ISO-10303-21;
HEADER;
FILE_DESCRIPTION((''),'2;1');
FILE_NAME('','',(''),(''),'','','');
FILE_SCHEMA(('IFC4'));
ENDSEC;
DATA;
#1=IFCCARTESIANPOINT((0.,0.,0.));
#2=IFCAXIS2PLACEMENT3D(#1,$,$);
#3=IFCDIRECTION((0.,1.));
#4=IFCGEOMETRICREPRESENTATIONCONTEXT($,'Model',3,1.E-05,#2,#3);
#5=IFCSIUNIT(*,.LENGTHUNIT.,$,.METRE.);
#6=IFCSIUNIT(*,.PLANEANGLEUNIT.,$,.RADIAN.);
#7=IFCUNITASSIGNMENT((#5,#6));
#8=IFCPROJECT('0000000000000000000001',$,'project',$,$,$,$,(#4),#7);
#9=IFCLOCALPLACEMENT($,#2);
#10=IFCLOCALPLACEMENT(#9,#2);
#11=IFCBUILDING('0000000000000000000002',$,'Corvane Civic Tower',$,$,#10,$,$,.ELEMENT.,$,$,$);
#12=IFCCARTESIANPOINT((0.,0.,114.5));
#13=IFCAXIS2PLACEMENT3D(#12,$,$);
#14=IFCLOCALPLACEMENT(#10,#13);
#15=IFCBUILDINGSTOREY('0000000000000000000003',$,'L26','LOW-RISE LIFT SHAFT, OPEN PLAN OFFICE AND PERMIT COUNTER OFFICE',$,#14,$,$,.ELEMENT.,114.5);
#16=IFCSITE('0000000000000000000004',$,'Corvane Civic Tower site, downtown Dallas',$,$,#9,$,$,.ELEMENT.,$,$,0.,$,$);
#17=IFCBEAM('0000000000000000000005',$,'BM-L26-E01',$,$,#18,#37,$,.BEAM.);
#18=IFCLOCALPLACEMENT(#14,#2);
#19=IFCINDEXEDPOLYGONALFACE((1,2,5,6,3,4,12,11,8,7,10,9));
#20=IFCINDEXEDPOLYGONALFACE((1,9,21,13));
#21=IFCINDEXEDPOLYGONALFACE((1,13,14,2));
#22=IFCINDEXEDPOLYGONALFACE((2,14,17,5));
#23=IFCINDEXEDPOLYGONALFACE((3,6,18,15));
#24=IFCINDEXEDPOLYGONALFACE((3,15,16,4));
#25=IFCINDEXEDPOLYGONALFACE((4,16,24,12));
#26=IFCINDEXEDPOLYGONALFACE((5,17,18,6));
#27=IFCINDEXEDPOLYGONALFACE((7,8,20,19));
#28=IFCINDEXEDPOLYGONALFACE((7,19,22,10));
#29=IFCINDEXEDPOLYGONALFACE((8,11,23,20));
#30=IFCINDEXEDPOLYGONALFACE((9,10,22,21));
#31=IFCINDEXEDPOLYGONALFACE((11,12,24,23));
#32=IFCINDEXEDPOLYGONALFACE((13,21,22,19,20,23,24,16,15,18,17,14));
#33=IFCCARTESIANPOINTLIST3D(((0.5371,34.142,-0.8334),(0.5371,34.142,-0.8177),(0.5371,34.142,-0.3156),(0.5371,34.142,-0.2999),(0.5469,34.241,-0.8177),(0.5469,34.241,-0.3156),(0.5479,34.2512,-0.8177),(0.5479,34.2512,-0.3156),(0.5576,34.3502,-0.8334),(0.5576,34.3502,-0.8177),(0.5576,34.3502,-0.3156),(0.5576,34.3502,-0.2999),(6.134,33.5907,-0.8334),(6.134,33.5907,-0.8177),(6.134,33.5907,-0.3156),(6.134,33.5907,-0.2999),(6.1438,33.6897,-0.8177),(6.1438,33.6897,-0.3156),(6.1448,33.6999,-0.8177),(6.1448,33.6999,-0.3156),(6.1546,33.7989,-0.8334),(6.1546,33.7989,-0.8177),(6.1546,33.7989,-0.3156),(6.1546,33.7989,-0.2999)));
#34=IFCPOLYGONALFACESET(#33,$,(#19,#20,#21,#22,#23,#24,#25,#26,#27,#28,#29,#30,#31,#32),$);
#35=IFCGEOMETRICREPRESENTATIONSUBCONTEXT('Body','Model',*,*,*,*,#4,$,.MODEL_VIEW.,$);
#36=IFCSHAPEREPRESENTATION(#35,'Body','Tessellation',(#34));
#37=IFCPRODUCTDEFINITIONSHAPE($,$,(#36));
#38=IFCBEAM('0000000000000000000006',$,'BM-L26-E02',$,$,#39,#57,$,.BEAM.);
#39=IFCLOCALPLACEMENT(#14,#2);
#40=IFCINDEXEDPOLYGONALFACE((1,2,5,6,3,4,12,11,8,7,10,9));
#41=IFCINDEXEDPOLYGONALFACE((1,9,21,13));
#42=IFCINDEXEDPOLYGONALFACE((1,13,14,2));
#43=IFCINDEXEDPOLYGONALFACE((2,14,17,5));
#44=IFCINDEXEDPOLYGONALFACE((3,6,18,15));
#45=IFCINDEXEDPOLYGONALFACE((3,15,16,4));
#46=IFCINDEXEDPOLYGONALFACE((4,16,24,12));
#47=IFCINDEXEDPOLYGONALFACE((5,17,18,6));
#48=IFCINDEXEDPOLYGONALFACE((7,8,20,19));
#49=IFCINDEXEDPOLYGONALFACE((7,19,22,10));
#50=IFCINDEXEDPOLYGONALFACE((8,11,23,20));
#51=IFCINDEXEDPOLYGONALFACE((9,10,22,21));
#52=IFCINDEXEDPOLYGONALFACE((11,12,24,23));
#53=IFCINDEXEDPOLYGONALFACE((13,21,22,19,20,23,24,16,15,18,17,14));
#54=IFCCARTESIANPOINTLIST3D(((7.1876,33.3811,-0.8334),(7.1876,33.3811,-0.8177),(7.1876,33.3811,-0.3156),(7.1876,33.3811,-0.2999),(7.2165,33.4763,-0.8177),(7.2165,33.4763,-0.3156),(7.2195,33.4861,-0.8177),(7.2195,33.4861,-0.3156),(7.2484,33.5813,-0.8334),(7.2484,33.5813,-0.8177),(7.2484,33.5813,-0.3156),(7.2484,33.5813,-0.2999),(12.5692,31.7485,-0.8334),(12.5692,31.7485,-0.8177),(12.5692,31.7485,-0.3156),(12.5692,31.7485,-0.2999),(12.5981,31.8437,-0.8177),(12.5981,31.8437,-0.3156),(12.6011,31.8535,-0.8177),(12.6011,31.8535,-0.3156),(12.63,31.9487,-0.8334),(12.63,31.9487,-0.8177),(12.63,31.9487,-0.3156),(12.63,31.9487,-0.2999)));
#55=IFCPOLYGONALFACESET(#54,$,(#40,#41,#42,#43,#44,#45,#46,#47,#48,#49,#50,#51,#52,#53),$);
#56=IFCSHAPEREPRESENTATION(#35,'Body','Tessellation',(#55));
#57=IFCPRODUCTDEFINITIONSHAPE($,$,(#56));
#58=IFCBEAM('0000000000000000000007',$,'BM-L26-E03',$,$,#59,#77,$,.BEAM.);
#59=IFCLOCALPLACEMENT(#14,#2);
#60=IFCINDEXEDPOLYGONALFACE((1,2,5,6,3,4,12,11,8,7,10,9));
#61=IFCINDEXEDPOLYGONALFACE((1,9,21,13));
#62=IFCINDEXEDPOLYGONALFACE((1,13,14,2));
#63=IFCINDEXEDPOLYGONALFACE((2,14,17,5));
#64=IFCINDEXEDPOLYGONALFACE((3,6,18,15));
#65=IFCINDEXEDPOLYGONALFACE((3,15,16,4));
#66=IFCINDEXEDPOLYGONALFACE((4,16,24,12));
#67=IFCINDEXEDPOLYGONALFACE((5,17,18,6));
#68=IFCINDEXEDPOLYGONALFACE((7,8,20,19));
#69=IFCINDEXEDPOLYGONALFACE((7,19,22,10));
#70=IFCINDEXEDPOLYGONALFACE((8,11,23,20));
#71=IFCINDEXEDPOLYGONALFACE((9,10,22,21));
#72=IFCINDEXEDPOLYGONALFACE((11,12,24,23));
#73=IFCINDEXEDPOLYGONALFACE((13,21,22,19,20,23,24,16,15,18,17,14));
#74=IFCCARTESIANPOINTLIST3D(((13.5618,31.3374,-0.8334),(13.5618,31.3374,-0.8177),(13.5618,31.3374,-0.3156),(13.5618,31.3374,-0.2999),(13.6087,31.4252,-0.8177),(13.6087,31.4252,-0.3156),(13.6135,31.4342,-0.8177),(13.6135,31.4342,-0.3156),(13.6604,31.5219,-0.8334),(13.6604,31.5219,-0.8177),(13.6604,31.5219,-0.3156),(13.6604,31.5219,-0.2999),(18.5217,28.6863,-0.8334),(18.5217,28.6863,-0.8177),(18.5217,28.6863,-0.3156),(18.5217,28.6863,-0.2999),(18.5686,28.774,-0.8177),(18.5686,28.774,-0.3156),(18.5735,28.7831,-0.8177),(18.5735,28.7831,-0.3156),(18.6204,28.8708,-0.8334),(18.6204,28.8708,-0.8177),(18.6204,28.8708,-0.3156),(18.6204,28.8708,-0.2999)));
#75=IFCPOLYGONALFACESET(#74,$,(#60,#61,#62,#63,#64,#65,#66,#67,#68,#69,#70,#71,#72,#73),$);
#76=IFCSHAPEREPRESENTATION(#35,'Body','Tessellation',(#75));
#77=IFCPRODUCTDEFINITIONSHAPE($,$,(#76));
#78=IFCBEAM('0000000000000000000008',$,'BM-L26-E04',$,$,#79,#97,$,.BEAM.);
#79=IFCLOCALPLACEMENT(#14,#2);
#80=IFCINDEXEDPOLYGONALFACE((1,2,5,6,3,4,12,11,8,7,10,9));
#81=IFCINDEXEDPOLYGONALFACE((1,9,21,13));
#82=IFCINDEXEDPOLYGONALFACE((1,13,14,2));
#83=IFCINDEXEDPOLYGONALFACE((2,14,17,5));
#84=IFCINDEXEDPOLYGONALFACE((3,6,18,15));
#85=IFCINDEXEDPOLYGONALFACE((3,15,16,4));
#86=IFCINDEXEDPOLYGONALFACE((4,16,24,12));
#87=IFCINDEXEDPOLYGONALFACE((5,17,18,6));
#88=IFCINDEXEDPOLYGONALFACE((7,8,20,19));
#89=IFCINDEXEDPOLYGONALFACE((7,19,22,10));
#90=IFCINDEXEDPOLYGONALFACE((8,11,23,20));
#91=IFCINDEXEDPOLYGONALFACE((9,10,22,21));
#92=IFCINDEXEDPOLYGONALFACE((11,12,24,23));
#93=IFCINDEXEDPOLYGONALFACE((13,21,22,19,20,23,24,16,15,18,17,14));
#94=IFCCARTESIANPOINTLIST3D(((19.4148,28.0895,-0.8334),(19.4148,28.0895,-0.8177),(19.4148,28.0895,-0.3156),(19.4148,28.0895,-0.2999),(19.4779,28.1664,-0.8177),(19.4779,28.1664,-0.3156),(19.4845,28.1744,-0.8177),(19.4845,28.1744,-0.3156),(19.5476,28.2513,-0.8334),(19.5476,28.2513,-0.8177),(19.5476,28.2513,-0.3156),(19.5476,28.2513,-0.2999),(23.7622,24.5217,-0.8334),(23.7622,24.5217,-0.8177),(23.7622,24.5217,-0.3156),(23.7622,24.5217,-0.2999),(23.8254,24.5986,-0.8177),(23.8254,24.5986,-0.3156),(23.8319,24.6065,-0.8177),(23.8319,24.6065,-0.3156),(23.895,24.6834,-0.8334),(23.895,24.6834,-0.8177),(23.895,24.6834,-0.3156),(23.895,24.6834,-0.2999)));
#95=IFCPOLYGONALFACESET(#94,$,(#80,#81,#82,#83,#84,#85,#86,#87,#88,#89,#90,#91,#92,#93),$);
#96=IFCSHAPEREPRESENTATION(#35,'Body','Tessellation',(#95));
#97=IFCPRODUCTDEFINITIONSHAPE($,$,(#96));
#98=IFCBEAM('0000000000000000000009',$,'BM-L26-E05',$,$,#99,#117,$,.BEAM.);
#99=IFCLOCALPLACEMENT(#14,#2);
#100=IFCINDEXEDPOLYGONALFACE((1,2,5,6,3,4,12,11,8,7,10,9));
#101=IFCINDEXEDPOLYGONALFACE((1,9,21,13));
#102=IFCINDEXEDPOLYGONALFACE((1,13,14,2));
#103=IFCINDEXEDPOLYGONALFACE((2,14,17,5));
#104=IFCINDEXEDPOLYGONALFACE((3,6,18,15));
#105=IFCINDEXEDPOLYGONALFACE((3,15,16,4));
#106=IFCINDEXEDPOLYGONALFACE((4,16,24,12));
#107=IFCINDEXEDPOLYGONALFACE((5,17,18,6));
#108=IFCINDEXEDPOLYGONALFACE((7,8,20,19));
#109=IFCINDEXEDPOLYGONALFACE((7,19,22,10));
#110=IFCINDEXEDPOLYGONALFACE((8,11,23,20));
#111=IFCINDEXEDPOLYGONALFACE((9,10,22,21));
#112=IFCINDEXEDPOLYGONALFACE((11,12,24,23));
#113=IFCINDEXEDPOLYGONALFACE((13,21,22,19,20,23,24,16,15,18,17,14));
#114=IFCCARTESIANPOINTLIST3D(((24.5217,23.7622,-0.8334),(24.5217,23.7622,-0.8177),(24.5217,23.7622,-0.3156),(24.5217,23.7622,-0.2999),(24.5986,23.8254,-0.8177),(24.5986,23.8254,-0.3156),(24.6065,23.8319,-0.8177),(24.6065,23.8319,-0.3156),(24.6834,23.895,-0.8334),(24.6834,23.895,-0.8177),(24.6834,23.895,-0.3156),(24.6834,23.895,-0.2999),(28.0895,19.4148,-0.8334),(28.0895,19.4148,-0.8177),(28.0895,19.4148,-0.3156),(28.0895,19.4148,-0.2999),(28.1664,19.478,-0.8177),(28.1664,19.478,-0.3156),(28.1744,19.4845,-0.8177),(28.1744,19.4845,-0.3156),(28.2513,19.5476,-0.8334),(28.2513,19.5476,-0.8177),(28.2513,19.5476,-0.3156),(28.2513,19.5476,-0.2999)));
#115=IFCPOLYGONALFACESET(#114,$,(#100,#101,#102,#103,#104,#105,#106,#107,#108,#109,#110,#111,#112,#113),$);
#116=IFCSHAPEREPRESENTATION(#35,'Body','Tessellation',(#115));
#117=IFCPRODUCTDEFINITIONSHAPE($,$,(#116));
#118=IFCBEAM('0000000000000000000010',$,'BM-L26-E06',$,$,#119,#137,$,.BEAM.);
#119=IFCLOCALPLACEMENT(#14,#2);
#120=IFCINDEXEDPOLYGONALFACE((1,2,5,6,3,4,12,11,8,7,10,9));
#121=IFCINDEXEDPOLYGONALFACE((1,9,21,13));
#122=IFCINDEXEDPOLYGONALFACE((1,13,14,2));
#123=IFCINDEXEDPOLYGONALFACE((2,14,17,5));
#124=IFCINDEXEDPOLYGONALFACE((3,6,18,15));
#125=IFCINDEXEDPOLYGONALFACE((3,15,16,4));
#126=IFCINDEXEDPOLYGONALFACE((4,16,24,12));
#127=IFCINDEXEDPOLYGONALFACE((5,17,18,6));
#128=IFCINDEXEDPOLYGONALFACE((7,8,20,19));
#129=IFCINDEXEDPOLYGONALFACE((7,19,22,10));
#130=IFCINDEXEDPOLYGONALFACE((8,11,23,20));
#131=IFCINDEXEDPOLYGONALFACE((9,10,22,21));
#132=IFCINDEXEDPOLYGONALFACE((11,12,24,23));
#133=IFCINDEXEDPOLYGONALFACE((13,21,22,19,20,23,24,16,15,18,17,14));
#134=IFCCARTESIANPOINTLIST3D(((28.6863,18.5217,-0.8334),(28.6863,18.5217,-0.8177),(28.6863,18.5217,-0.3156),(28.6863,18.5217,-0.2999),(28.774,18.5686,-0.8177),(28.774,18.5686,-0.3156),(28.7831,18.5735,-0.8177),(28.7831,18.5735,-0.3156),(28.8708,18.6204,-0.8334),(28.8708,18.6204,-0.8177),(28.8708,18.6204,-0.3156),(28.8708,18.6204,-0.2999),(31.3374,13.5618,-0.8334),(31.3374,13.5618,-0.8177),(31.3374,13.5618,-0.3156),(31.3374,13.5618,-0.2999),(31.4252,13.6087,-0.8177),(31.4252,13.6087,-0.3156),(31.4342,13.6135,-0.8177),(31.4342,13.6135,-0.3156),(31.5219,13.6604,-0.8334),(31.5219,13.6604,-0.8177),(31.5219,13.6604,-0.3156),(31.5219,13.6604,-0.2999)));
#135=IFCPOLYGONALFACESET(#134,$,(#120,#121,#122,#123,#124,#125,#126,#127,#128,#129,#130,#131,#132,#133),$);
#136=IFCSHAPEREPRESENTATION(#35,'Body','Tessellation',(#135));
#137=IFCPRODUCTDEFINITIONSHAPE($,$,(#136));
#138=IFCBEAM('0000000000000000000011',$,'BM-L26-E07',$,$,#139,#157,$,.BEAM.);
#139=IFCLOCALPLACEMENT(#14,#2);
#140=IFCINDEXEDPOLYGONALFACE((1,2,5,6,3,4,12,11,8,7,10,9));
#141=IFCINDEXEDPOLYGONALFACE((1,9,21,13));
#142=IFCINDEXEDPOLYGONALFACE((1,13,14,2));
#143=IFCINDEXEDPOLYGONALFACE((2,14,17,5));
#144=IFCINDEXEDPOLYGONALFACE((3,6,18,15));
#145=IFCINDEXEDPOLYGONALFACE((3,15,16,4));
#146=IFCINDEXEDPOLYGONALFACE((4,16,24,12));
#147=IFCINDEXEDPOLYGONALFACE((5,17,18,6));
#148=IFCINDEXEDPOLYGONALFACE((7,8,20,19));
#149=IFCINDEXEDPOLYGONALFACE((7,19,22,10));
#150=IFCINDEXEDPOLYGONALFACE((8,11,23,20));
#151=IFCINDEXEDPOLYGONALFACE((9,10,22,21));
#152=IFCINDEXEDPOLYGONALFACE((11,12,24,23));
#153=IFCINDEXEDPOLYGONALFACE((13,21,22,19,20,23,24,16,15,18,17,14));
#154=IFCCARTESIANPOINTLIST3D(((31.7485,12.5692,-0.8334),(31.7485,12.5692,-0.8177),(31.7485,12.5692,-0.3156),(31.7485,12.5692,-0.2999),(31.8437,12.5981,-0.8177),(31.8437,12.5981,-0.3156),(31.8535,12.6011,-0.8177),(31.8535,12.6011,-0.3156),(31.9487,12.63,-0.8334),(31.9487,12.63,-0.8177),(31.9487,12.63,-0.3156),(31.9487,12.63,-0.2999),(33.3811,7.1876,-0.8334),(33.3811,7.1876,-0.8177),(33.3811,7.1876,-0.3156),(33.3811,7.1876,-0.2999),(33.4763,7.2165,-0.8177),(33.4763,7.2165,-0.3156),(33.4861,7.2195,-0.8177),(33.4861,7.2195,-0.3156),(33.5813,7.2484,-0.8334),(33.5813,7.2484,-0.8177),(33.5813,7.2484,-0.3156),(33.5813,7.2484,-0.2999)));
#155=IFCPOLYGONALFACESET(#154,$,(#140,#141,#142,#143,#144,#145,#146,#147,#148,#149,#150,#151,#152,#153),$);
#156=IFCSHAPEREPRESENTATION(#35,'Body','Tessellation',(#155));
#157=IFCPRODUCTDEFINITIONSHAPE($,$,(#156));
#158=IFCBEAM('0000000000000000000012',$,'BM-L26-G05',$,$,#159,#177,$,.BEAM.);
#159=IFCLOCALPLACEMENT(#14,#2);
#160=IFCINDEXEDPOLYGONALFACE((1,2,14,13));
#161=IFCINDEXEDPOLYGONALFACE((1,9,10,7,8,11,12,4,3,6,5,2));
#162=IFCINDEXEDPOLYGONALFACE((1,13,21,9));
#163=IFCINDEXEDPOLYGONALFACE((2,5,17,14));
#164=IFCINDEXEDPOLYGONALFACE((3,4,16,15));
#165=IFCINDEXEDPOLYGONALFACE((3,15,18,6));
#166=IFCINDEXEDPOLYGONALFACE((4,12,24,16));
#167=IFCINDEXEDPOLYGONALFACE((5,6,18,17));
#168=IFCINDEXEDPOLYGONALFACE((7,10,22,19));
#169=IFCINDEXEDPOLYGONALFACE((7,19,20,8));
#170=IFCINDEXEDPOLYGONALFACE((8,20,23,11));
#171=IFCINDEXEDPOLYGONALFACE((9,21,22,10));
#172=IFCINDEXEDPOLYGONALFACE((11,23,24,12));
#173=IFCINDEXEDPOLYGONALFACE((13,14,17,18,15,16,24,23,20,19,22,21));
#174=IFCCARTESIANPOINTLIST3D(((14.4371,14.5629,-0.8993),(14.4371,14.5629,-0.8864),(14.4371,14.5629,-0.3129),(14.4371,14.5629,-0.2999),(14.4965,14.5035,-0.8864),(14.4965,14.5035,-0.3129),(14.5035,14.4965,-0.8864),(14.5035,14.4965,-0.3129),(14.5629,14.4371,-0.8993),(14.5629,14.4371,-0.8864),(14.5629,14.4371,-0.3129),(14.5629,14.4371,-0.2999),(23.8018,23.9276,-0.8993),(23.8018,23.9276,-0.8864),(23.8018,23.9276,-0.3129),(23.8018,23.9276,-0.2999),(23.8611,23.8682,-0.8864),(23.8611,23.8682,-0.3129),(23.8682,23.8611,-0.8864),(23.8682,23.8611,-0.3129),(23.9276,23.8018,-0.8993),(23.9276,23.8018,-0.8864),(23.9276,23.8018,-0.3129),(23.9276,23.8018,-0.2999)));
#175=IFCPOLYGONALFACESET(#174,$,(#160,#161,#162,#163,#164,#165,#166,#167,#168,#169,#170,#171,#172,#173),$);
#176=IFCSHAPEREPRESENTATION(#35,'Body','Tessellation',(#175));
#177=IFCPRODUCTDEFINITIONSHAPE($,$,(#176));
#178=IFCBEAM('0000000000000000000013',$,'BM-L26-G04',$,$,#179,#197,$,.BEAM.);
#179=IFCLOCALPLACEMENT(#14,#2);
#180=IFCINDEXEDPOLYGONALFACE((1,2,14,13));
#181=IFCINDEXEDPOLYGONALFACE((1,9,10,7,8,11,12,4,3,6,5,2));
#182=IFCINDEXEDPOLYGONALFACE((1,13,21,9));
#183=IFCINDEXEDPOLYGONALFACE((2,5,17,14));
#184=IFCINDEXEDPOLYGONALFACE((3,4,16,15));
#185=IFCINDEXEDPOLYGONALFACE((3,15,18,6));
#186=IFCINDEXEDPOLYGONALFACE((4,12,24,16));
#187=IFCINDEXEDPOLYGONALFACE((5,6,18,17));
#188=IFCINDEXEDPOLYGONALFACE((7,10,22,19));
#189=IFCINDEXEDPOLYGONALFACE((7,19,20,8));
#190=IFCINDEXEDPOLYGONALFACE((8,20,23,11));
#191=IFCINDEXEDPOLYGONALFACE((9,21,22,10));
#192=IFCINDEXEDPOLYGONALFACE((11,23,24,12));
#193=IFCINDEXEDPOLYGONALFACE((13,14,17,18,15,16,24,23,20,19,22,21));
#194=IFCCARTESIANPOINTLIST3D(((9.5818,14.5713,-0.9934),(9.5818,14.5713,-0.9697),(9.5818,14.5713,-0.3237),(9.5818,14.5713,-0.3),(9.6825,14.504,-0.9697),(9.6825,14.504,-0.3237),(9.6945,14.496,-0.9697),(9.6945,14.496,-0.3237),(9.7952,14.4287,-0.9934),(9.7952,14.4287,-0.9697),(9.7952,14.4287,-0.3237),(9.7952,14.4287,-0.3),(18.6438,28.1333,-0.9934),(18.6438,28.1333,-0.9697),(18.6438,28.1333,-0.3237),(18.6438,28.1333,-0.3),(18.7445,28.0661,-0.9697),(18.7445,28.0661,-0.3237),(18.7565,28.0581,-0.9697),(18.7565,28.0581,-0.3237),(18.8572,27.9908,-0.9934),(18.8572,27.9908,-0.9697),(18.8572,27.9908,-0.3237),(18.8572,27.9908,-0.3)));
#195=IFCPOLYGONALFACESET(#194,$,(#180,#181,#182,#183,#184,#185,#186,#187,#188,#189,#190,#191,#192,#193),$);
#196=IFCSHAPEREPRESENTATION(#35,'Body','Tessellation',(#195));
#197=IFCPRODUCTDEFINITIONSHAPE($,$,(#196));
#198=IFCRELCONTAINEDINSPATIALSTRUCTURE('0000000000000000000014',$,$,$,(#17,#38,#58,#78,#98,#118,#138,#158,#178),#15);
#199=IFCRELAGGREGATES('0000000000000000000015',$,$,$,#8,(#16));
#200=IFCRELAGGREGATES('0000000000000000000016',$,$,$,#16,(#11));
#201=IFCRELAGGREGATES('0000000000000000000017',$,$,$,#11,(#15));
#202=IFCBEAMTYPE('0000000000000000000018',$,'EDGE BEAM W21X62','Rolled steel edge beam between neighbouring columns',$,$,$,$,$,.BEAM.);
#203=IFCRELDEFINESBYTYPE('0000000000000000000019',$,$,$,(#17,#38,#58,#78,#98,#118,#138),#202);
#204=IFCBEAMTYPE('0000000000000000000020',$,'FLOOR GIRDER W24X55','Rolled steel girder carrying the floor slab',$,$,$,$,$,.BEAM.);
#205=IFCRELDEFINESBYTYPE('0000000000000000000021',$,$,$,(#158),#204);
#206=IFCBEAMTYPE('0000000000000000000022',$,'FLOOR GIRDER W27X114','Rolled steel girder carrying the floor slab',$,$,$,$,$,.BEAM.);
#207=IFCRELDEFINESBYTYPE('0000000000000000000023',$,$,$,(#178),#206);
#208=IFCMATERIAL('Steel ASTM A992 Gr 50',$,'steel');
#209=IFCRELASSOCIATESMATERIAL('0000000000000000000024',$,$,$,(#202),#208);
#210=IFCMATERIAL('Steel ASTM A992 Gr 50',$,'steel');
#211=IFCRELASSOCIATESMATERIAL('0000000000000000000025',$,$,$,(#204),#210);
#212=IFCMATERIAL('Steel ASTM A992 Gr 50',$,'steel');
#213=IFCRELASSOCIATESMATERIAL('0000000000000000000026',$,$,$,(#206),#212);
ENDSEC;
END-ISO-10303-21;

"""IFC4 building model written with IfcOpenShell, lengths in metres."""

from ifc_helpers import new_model, si_unit, direction, frame, origin, origin_2d, place, context, subcontext, project, spatial, i_section, extrude, material, material_profile, profile_set, type_object, element, save


model = new_model("IFC4")

# Units and contexts
model_context = context("Model", 3, precision=1e-05, world=origin(), true_north=direction((0.0, 1.0)))
body_context = subcontext(model_context, "Body", "Model", "MODEL_VIEW")
ifc_project = project(units=[si_unit("LENGTHUNIT", "METRE"), si_unit("PLANEANGLEUNIT", "RADIAN")], contexts=[model_context])

# Site, building, storey
site_placement = place(None, origin())
site = spatial("IfcSite", under=ifc_project, at=site_placement, Name="Corvane Civic Tower site, downtown Dallas", CompositionType="ELEMENT", RefElevation=0.0)
building_placement = place(site_placement, origin())
building = spatial("IfcBuilding", under=site, at=building_placement, Name="Corvane Civic Tower", CompositionType="ELEMENT")
storey_placement = place(building_placement, frame((0.0, 0.0, 114.5)))
storey = spatial("IfcBuildingStorey", under=building, at=storey_placement, Name="L26", Description="LOW-RISE LIFT SHAFT, OPEN PLAN OFFICE AND PERMIT COUNTER OFFICE", CompositionType="ELEMENT", Elevation=114.5)

# Beams
ifc_material_1 = material(Name="Steel ASTM A992 Gr 50", Category="steel")
ifc_material_profile_1 = material_profile(ifc_material_1, i_section(OverallWidth=0.2092, OverallDepth=0.5334, WebThickness=0.0103, FlangeThickness=0.0156, at=origin_2d()), Name="W21X62")
ifc_profile_set_1 = profile_set([ifc_material_profile_1], Name="Steel ASTM A992 Gr 50")
beam_type_1 = type_object("IfcBeamType", Name="EDGE BEAM W21X62", Description="Rolled steel edge beam between neighbouring columns", PredefinedType="BEAM", material=ifc_profile_set_1)
beam_1_placement = place(storey_placement, frame((0.5474, 34.2461, -0.5667), z_axis=(0.995184, -0.098021, 0.0), x_axis=(0.098021, 0.995184, 0.0)))
element("IfcBeam", 1, at=beam_1_placement, inside=storey, type_object=beam_type_1, Name="BM-L26-E01", PredefinedType="BEAM", context=body_context, shape_type="SweptSolid", body=[
    extrude(i_section(OverallWidth=0.2092, OverallDepth=0.5334, WebThickness=0.0103, FlangeThickness=0.0156, at=origin_2d()), origin(), (0.0, 0.0, 1.0), 5.624),
])
beam_2_placement = place(storey_placement, frame((7.218, 33.4812, -0.5667), z_axis=(0.956936, -0.290298, 0.0), x_axis=(0.290298, 0.956936, 0.0)))
element("IfcBeam", 2, at=beam_2_placement, inside=storey, type_object=beam_type_1, Name="BM-L26-E02", PredefinedType="BEAM", context=body_context, shape_type="SweptSolid", body=[
    extrude(i_section(OverallWidth=0.2092, OverallDepth=0.5334, WebThickness=0.0103, FlangeThickness=0.0156, at=origin_2d()), origin(), (0.0, 0.0, 1.0), 5.6238),
])
for number, where, z_axis, x_axis, name in (
    (3, (13.6111, 31.4297, -0.5667), (0.881924, -0.471392, 0.0), (0.471392, 0.881924, 0.0), "BM-L26-E03"),
    (4, (19.4812, 28.1704, -0.5667), (0.773007, -0.634398, 0.0), (0.634398, 0.773007, 0.0), "BM-L26-E04"),
    (5, (24.6025, 23.8286, -0.5667), (0.634398, -0.773007, 0.0), (0.773007, 0.634398, 0.0), "BM-L26-E05"),
    (6, (28.7786, 18.571, -0.5667), (0.471392, -0.881924, 0.0), (0.881924, 0.471392, 0.0), "BM-L26-E06"),
):
    element("IfcBeam", number, at=place(storey_placement, frame(where, z_axis=z_axis, x_axis=x_axis)), inside=storey, type_object=beam_type_1, Name=name, PredefinedType="BEAM", context=body_context, shape_type="SweptSolid", body=[
        extrude(i_section(OverallWidth=0.2092, OverallDepth=0.5334, WebThickness=0.0103, FlangeThickness=0.0156, at=origin_2d()), origin(), (0.0, 0.0, 1.0), 5.624),
    ])
beam_3_placement = place(storey_placement, frame((31.8486, 12.5996, -0.5667), z_axis=(0.290298, -0.956936, 0.0), x_axis=(0.956936, 0.290298, 0.0)))
element("IfcBeam", 7, at=beam_3_placement, inside=storey, type_object=beam_type_1, Name="BM-L26-E07", PredefinedType="BEAM", context=body_context, shape_type="SweptSolid", body=[
    extrude(i_section(OverallWidth=0.2092, OverallDepth=0.5334, WebThickness=0.0103, FlangeThickness=0.0156, at=origin_2d()), origin(), (0.0, 0.0, 1.0), 5.6238),
])
ifc_material_2 = material(Name="Steel ASTM A992 Gr 50", Category="steel")
ifc_material_profile_2 = material_profile(ifc_material_2, i_section(OverallWidth=0.178, OverallDepth=0.5994, WebThickness=0.01, FlangeThickness=0.0129, at=origin_2d()), Name="W24X55")
ifc_profile_set_2 = profile_set([ifc_material_profile_2], Name="Steel ASTM A992 Gr 50")
beam_type_2 = type_object("IfcBeamType", Name="FLOOR GIRDER W24X55", Description="Rolled steel girder carrying the floor slab", PredefinedType="BEAM", material=ifc_profile_set_2)
beam_4_placement = place(storey_placement, frame((14.5, 14.5, -0.5996), z_axis=(0.707107, 0.707107, 0.0), x_axis=(-0.707107, 0.707107, 0.0)))
element("IfcBeam", 8, at=beam_4_placement, inside=storey, type_object=beam_type_2, Name="BM-L26-G05", PredefinedType="BEAM", context=body_context, shape_type="SweptSolid", body=[
    extrude(i_section(OverallWidth=0.178, OverallDepth=0.5994, WebThickness=0.01, FlangeThickness=0.0129, at=origin_2d()), origin(), (0.0, 0.0, 1.0), 13.2437),
])
ifc_material_3 = material(Name="Steel ASTM A992 Gr 50", Category="steel")
ifc_material_profile_3 = material_profile(ifc_material_3, i_section(OverallWidth=0.2566, OverallDepth=0.6934, WebThickness=0.0144, FlangeThickness=0.0237, at=origin_2d()), Name="W27X114")
ifc_profile_set_3 = profile_set([ifc_material_profile_3], Name="Steel ASTM A992 Gr 50")
beam_type_3 = type_object("IfcBeamType", Name="FLOOR GIRDER W27X114", Description="Rolled steel girder carrying the floor slab", PredefinedType="BEAM", material=ifc_profile_set_3)
beam_5_placement = place(storey_placement, frame((9.6885, 14.5, -0.6467), z_axis=(0.555577, 0.831465, 0.0), x_axis=(-0.831465, 0.555577, 0.0)))
element("IfcBeam", 9, at=beam_5_placement, inside=storey, type_object=beam_type_3, Name="BM-L26-G04", PredefinedType="BEAM", context=body_context, shape_type="SweptSolid", body=[
    extrude(i_section(OverallWidth=0.2566, OverallDepth=0.6934, WebThickness=0.0144, FlangeThickness=0.0237, at=origin_2d()), origin(), (0.0, 0.0, 1.0), 16.311),
])

save(model, "model.ifc")
